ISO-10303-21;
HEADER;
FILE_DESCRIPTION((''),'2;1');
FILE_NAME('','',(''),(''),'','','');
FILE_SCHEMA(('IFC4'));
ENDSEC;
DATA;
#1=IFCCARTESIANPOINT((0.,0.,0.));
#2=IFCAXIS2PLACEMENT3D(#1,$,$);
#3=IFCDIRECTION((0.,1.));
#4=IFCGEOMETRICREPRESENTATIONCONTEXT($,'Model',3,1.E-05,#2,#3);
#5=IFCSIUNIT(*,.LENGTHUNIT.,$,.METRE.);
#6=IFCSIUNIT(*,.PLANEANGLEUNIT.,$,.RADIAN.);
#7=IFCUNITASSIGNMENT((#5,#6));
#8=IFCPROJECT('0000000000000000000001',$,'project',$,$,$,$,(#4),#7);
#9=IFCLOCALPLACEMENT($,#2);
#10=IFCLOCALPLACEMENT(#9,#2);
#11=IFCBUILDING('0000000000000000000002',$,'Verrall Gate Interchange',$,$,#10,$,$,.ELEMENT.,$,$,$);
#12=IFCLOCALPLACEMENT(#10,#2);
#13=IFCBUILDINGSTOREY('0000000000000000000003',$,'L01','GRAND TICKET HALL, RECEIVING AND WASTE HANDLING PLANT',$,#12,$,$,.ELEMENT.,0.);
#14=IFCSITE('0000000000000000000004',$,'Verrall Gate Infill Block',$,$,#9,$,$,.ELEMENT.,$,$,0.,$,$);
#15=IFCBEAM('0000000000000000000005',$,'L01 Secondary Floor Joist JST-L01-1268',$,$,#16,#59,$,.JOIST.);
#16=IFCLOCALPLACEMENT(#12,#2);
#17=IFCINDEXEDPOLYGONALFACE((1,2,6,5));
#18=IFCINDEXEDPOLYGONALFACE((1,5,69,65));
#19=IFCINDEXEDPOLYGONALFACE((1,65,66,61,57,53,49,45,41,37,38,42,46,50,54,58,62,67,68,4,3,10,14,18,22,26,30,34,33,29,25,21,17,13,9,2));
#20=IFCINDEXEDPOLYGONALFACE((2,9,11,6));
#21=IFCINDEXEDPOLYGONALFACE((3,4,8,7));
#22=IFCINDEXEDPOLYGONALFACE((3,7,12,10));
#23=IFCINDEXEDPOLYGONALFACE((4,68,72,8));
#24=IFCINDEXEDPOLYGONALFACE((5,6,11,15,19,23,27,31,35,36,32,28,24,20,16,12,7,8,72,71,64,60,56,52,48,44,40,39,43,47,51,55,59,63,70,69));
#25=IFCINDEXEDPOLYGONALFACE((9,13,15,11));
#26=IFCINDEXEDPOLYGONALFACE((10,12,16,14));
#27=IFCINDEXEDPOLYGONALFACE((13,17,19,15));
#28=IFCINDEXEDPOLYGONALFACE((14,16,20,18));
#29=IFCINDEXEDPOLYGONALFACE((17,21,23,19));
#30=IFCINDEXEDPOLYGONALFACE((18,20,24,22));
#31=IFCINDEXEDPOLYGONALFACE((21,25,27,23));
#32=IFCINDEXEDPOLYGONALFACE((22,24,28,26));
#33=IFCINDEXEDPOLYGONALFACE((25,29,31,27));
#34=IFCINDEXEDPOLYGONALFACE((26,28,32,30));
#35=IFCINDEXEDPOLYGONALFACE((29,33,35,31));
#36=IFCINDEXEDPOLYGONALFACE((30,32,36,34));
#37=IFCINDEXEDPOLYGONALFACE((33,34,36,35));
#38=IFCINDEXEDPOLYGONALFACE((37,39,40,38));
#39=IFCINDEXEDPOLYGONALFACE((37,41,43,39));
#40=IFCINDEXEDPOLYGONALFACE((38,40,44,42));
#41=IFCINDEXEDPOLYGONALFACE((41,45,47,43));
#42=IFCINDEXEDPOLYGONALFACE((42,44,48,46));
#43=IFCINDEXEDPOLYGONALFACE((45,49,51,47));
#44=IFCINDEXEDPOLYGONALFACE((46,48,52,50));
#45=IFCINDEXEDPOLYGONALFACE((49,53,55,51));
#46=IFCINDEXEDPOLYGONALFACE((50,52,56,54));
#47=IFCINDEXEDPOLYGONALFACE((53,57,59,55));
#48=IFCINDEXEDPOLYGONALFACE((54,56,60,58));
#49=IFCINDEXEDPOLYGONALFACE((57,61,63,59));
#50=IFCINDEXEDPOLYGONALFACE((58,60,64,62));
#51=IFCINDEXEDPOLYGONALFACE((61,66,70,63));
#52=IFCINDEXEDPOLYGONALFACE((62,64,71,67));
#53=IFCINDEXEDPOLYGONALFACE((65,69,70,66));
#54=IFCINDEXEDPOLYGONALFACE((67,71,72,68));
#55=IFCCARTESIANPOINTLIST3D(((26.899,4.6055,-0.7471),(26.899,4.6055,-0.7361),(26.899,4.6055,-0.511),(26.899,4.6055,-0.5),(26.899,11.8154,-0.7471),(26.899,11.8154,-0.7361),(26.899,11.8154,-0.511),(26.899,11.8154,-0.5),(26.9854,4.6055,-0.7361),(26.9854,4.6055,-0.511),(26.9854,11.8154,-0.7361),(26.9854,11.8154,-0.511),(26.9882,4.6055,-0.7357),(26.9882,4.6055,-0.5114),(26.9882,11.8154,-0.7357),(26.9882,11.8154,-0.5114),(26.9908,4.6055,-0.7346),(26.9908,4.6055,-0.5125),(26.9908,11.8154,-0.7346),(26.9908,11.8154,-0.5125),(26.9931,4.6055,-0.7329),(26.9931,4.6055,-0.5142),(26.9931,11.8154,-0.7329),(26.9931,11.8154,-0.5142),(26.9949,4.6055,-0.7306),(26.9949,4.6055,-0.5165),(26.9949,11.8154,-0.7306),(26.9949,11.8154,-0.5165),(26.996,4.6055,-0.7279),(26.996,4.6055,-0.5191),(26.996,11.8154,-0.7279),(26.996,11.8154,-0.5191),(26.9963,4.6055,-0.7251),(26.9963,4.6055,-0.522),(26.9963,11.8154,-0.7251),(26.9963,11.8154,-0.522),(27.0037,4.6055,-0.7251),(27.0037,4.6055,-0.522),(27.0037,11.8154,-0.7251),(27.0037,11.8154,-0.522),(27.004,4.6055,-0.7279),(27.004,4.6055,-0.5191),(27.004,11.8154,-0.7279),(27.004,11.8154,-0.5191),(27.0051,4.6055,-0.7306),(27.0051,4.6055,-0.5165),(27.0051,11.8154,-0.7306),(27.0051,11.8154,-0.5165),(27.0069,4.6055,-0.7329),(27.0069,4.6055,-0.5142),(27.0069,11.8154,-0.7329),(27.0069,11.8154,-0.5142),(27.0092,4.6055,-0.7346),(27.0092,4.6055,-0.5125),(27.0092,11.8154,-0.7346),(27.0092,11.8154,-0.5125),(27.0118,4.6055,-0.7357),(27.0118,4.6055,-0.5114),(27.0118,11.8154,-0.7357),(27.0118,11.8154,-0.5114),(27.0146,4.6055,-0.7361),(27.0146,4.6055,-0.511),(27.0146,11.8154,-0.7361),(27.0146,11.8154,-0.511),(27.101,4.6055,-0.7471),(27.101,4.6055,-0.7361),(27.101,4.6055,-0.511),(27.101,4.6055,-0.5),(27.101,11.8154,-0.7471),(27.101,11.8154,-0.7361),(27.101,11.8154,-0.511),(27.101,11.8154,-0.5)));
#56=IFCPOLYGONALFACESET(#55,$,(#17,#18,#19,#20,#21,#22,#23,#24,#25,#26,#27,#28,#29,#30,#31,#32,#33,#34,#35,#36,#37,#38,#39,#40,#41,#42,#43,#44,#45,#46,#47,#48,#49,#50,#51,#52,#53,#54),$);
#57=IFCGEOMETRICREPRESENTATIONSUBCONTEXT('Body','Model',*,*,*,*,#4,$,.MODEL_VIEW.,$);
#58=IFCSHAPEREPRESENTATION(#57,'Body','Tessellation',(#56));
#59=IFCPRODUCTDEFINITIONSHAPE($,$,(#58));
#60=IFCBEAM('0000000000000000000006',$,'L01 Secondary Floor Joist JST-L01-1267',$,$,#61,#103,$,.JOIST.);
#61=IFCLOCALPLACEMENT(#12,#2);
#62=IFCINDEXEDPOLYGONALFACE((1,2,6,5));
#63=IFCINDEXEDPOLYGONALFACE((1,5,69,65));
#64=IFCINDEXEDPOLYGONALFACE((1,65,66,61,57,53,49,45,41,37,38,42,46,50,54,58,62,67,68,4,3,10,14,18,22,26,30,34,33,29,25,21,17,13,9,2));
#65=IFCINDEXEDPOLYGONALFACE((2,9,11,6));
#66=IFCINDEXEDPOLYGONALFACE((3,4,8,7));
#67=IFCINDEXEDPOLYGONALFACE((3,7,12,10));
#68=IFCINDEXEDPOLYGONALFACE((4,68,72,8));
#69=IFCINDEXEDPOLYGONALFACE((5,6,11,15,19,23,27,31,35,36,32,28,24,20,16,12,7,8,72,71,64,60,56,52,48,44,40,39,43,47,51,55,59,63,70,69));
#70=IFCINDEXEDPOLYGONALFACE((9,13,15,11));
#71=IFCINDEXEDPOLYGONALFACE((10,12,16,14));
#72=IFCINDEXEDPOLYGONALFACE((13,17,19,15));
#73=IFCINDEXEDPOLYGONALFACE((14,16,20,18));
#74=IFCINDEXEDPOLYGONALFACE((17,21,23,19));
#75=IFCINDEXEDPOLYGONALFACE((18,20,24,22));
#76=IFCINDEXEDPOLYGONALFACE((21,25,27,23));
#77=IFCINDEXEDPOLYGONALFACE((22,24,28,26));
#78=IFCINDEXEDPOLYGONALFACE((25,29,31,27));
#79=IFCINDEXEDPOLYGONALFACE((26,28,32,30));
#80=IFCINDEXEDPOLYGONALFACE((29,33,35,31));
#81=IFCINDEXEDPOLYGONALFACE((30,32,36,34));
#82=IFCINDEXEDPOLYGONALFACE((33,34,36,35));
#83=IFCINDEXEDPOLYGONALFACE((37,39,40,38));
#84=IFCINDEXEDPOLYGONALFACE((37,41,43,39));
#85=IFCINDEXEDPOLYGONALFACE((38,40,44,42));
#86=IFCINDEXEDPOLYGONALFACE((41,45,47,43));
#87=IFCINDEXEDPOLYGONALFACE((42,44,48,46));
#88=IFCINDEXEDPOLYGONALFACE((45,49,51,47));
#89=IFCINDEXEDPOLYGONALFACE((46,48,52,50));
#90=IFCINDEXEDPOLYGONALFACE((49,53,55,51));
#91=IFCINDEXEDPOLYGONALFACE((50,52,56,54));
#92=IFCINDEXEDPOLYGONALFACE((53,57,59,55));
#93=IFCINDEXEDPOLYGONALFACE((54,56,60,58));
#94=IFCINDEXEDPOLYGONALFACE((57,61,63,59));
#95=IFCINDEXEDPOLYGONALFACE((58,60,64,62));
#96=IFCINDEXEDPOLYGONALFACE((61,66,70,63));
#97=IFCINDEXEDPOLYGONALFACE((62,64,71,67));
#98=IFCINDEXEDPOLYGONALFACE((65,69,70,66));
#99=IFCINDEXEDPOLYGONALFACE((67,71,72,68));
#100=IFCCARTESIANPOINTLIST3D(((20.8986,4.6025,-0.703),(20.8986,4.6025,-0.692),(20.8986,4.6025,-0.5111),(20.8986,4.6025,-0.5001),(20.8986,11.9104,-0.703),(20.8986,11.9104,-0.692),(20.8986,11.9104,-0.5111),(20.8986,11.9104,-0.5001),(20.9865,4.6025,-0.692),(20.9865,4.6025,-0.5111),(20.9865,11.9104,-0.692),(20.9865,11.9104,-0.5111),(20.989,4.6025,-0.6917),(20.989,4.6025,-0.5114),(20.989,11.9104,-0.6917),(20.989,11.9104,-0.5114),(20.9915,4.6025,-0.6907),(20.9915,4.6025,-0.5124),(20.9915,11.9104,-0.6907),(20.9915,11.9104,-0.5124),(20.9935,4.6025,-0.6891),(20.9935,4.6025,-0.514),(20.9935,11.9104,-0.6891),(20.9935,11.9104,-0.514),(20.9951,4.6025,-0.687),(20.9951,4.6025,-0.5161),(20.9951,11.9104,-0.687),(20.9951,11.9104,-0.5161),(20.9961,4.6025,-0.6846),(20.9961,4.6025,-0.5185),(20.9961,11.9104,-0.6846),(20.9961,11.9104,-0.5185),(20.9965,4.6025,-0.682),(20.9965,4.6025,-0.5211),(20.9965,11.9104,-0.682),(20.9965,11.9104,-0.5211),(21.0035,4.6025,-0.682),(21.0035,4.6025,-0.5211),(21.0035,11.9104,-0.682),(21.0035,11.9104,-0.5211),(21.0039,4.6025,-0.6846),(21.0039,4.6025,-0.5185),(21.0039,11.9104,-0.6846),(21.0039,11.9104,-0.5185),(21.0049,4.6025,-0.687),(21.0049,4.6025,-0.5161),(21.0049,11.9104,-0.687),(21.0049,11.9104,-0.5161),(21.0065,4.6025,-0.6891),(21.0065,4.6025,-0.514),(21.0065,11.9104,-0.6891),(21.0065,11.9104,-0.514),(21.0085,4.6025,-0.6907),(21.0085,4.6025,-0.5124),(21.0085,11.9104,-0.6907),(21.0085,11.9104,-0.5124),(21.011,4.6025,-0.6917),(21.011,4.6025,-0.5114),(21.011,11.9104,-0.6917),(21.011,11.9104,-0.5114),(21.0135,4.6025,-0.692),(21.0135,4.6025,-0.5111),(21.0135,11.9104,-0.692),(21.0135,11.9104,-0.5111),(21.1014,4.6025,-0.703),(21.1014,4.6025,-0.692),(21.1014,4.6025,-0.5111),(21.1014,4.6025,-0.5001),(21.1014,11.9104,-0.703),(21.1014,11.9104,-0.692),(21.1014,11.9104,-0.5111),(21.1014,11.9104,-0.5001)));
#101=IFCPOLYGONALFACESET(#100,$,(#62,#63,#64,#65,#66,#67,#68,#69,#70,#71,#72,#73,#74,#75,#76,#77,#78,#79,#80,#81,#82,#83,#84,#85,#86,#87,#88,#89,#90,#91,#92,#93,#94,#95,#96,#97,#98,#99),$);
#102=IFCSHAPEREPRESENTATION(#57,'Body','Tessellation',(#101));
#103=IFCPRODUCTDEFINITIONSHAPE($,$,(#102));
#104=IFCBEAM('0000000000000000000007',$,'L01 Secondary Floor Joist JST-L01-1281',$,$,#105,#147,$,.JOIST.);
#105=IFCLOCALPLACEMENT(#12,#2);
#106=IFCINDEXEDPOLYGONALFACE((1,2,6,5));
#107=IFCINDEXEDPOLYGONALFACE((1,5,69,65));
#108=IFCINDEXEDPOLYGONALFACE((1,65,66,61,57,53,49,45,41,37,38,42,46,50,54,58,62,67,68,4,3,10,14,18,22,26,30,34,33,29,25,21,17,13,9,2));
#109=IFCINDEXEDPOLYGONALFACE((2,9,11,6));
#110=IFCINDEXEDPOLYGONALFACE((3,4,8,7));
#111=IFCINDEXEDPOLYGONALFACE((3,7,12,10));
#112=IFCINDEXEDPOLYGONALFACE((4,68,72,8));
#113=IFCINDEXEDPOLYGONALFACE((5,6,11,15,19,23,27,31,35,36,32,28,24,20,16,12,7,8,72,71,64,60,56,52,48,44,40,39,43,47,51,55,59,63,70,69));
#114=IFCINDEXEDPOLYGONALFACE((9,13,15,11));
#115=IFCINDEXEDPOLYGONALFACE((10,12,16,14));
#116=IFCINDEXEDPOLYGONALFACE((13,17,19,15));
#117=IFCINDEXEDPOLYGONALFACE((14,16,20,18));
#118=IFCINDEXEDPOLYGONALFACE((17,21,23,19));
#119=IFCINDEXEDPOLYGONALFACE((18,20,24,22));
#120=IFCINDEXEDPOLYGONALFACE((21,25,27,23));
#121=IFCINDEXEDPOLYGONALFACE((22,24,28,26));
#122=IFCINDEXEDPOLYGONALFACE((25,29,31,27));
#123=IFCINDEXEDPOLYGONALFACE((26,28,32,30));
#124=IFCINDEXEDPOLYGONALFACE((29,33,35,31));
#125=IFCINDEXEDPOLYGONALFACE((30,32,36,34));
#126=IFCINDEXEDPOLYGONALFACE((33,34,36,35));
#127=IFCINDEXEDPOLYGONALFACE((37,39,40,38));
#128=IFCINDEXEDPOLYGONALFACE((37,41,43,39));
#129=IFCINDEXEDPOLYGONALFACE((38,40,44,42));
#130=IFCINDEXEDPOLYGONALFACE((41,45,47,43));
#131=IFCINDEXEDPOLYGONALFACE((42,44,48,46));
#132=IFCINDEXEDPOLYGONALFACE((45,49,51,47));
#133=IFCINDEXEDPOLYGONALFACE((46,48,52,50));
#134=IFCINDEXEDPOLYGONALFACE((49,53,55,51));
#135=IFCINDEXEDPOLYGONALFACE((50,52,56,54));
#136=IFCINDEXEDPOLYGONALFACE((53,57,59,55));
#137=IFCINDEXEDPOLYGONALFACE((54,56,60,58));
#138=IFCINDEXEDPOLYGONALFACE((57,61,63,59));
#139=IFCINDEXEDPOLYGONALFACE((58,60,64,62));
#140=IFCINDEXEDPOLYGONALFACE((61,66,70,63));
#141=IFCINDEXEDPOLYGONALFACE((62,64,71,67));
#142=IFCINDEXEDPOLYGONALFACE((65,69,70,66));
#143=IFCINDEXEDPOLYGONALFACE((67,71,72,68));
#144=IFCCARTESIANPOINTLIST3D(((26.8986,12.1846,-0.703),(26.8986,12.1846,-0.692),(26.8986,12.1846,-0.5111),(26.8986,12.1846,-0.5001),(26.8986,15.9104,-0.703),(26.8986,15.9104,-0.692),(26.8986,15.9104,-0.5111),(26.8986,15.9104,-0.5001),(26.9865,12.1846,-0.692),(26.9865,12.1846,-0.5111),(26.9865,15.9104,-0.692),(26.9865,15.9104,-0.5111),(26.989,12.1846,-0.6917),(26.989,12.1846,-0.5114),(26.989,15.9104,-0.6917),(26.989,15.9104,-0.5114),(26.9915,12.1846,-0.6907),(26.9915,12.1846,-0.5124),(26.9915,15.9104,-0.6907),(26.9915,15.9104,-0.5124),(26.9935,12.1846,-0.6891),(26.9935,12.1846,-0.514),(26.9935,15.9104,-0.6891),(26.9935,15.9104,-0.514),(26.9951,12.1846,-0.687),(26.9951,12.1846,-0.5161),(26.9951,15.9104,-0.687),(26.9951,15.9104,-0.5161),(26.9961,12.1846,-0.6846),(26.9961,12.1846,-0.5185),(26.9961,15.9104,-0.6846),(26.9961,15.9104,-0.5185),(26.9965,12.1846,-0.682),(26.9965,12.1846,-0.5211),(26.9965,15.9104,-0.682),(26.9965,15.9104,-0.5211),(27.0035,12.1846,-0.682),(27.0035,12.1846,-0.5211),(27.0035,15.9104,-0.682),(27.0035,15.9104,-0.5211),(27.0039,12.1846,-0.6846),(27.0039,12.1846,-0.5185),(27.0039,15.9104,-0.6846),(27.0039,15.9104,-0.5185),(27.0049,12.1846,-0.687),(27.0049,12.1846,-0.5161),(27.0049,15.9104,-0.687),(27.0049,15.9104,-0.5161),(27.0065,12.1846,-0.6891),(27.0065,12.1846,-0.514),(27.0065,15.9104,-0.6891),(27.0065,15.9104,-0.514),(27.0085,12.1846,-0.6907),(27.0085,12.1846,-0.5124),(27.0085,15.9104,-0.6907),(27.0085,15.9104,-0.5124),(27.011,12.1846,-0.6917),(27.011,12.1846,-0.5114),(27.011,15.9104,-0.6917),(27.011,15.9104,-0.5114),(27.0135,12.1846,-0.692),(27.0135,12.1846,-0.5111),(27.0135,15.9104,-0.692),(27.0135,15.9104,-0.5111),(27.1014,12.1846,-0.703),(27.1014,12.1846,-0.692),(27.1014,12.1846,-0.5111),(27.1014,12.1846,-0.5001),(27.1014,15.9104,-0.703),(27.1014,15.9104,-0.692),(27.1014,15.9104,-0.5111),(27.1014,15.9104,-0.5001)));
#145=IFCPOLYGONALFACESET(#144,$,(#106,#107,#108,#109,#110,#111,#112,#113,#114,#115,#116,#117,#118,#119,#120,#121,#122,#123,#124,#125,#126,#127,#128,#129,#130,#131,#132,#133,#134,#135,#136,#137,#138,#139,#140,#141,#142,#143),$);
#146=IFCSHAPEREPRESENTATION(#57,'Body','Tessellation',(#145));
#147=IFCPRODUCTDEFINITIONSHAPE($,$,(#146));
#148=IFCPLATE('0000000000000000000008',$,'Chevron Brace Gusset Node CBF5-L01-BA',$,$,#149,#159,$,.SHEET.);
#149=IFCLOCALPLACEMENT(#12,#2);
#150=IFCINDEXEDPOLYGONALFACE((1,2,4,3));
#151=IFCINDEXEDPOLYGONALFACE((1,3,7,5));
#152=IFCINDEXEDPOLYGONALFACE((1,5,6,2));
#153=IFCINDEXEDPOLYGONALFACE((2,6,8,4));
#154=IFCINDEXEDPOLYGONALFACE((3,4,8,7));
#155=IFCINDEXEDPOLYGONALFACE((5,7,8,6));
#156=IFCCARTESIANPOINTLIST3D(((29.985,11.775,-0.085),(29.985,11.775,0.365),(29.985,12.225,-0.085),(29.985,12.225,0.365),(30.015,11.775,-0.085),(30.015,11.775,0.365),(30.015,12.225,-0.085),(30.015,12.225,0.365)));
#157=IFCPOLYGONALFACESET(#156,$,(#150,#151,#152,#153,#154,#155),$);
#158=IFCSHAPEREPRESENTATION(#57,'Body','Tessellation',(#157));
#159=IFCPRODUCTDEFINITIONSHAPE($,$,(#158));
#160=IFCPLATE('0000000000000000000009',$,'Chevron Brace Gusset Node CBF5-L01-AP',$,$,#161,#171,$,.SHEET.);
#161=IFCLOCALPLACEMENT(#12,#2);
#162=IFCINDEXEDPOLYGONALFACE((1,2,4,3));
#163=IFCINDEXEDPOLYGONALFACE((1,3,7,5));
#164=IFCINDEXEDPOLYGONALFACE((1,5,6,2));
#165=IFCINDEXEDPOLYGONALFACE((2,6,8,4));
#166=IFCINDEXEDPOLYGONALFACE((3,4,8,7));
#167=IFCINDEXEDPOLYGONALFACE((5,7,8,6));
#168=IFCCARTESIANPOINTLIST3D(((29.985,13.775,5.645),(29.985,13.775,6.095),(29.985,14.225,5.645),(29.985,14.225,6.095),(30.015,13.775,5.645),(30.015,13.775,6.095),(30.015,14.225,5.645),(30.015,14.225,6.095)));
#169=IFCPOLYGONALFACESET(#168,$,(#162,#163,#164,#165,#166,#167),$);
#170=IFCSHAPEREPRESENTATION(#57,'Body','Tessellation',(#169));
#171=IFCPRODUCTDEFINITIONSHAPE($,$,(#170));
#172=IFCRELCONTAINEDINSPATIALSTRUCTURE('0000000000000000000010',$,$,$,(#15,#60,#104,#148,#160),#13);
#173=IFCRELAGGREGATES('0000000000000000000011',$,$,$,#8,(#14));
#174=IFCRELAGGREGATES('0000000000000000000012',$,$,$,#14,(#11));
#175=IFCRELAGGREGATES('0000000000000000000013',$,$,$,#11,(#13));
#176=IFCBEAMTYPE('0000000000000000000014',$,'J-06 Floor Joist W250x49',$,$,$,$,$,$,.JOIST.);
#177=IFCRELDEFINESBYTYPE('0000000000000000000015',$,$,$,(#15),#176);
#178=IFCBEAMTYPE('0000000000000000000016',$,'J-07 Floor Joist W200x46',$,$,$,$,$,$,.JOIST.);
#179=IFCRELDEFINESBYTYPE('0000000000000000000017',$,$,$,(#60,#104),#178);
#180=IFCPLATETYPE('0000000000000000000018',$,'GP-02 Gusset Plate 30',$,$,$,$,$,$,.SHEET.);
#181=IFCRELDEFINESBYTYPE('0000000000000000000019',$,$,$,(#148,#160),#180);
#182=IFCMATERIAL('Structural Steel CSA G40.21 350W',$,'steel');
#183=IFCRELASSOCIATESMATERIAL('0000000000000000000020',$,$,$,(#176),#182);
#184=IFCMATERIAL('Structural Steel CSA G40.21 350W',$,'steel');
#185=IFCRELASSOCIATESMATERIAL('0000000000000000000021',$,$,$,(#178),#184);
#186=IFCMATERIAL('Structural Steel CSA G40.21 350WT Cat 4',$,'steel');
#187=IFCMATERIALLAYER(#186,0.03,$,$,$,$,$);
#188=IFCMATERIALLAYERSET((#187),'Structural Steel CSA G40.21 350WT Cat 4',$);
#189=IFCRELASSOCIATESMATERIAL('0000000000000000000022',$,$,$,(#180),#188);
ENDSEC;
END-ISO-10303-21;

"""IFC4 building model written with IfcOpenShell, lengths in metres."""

from ifc_helpers import new_model, si_unit, direction, frame, origin, origin_2d, place, context, subcontext, project, spatial, rectangle, i_section, extrude, material, layer, layer_set, material_profile, profile_set, type_object, element, save


model = new_model("IFC4")

# Units and contexts
model_context = context("Model", 3, precision=1e-05, world=origin(), true_north=direction((0.0, 1.0)))
body_context = subcontext(model_context, "Body", "Model", "MODEL_VIEW")
ifc_project = project(units=[si_unit("LENGTHUNIT", "METRE"), si_unit("PLANEANGLEUNIT", "RADIAN")], contexts=[model_context])

# Site, building, storey
site_placement = place(None, origin())
site = spatial("IfcSite", under=ifc_project, at=site_placement, Name="Verrall Gate Infill Block", CompositionType="ELEMENT", RefElevation=0.0)
building_placement = place(site_placement, origin())
building = spatial("IfcBuilding", under=site, at=building_placement, Name="Verrall Gate Interchange", CompositionType="ELEMENT")
storey_placement = place(building_placement, origin())
storey = spatial("IfcBuildingStorey", under=building, at=storey_placement, Name="L01", Description="GRAND TICKET HALL, RECEIVING AND WASTE HANDLING PLANT", CompositionType="ELEMENT", Elevation=0.0)

# Beams
ifc_material_1 = material(Name="Structural Steel CSA G40.21 350W", Category="steel")
ifc_material_profile_1 = material_profile(ifc_material_1, i_section(OverallWidth=0.2019, OverallDepth=0.2471, WebThickness=0.0073, FlangeThickness=0.011, FilletRadius=0.011, at=origin_2d()), Name="W250x49")
ifc_profile_set_1 = profile_set([ifc_material_profile_1], Name="Structural Steel CSA G40.21 350W")
beam_type_1 = type_object("IfcBeamType", Name="J-06 Floor Joist W250x49", PredefinedType="JOIST", material=ifc_profile_set_1)
beam_1_placement = place(storey_placement, frame((27.0, 4.6055, -0.6235), z_axis=(0.0, 1.0, 0.0), x_axis=(-1.0, 0.0, 0.0)))
element("IfcBeam", 1, at=beam_1_placement, inside=storey, type_object=beam_type_1, Name="L01 Secondary Floor Joist JST-L01-1268", PredefinedType="JOIST", context=body_context, shape_type="SweptSolid", body=[
    extrude(i_section(OverallWidth=0.2019, OverallDepth=0.2471, WebThickness=0.0073, FlangeThickness=0.011, FilletRadius=0.011, at=origin_2d()), origin(), (0.0, 0.0, 1.0), 7.21),
])
ifc_material_2 = material(Name="Structural Steel CSA G40.21 350W", Category="steel")
ifc_material_profile_2 = material_profile(ifc_material_2, i_section(OverallWidth=0.2029, OverallDepth=0.2029, WebThickness=0.0071, FlangeThickness=0.011, FilletRadius=0.01, at=origin_2d()), Name="W200x46")
ifc_profile_set_2 = profile_set([ifc_material_profile_2], Name="Structural Steel CSA G40.21 350W")
beam_type_2 = type_object("IfcBeamType", Name="J-07 Floor Joist W200x46", PredefinedType="JOIST", material=ifc_profile_set_2)
beam_2_placement = place(storey_placement, frame((21.0, 4.6025, -0.6016), z_axis=(0.0, 1.0, 0.0), x_axis=(-1.0, 0.0, 0.0)))
element("IfcBeam", 2, at=beam_2_placement, inside=storey, type_object=beam_type_2, Name="L01 Secondary Floor Joist JST-L01-1267", PredefinedType="JOIST", context=body_context, shape_type="SweptSolid", body=[
    extrude(i_section(OverallWidth=0.2029, OverallDepth=0.2029, WebThickness=0.0071, FlangeThickness=0.011, FilletRadius=0.01, at=origin_2d()), origin(), (0.0, 0.0, 1.0), 7.3079),
])
beam_3_placement = place(storey_placement, frame((27.0, 12.1846, -0.6016), z_axis=(0.0, 1.0, 0.0), x_axis=(-1.0, 0.0, 0.0)))
element("IfcBeam", 3, at=beam_3_placement, inside=storey, type_object=beam_type_2, Name="L01 Secondary Floor Joist JST-L01-1281", PredefinedType="JOIST", context=body_context, shape_type="SweptSolid", body=[
    extrude(i_section(OverallWidth=0.2029, OverallDepth=0.2029, WebThickness=0.0071, FlangeThickness=0.011, FilletRadius=0.01, at=origin_2d()), origin(), (0.0, 0.0, 1.0), 3.7258),
])

# Plates
ifc_material_3 = material(Name="Structural Steel CSA G40.21 350WT Cat 4", Category="steel")
ifc_layer_1 = layer(ifc_material_3, 0.03)
ifc_layer_set_1 = layer_set([ifc_layer_1], Name="Structural Steel CSA G40.21 350WT Cat 4")
plate_type = type_object("IfcPlateType", Name="GP-02 Gusset Plate 30", PredefinedType="SHEET", material=ifc_layer_set_1)
for number, where, z_axis, x_axis, name in (
    (4, (30.0, 12.0, -0.085), (0.0, 0.0, 1.0), (1.0, 0.0, 0.0), "Chevron Brace Gusset Node CBF5-L01-BA"),
    (5, (30.0, 14.0, 5.645), (0.0, 0.0, 1.0), (1.0, 0.0, 0.0), "Chevron Brace Gusset Node CBF5-L01-AP"),
):
    element("IfcPlate", number, at=place(storey_placement, frame(where, z_axis=z_axis, x_axis=x_axis)), inside=storey, type_object=plate_type, Name=name, PredefinedType="SHEET", context=body_context, shape_type="SweptSolid", body=[
        extrude(rectangle(XDim=0.03, YDim=0.45, at=origin_2d()), origin(), (0.0, 0.0, 1.0), 0.45),
    ])

save(model, "model.ifc")
